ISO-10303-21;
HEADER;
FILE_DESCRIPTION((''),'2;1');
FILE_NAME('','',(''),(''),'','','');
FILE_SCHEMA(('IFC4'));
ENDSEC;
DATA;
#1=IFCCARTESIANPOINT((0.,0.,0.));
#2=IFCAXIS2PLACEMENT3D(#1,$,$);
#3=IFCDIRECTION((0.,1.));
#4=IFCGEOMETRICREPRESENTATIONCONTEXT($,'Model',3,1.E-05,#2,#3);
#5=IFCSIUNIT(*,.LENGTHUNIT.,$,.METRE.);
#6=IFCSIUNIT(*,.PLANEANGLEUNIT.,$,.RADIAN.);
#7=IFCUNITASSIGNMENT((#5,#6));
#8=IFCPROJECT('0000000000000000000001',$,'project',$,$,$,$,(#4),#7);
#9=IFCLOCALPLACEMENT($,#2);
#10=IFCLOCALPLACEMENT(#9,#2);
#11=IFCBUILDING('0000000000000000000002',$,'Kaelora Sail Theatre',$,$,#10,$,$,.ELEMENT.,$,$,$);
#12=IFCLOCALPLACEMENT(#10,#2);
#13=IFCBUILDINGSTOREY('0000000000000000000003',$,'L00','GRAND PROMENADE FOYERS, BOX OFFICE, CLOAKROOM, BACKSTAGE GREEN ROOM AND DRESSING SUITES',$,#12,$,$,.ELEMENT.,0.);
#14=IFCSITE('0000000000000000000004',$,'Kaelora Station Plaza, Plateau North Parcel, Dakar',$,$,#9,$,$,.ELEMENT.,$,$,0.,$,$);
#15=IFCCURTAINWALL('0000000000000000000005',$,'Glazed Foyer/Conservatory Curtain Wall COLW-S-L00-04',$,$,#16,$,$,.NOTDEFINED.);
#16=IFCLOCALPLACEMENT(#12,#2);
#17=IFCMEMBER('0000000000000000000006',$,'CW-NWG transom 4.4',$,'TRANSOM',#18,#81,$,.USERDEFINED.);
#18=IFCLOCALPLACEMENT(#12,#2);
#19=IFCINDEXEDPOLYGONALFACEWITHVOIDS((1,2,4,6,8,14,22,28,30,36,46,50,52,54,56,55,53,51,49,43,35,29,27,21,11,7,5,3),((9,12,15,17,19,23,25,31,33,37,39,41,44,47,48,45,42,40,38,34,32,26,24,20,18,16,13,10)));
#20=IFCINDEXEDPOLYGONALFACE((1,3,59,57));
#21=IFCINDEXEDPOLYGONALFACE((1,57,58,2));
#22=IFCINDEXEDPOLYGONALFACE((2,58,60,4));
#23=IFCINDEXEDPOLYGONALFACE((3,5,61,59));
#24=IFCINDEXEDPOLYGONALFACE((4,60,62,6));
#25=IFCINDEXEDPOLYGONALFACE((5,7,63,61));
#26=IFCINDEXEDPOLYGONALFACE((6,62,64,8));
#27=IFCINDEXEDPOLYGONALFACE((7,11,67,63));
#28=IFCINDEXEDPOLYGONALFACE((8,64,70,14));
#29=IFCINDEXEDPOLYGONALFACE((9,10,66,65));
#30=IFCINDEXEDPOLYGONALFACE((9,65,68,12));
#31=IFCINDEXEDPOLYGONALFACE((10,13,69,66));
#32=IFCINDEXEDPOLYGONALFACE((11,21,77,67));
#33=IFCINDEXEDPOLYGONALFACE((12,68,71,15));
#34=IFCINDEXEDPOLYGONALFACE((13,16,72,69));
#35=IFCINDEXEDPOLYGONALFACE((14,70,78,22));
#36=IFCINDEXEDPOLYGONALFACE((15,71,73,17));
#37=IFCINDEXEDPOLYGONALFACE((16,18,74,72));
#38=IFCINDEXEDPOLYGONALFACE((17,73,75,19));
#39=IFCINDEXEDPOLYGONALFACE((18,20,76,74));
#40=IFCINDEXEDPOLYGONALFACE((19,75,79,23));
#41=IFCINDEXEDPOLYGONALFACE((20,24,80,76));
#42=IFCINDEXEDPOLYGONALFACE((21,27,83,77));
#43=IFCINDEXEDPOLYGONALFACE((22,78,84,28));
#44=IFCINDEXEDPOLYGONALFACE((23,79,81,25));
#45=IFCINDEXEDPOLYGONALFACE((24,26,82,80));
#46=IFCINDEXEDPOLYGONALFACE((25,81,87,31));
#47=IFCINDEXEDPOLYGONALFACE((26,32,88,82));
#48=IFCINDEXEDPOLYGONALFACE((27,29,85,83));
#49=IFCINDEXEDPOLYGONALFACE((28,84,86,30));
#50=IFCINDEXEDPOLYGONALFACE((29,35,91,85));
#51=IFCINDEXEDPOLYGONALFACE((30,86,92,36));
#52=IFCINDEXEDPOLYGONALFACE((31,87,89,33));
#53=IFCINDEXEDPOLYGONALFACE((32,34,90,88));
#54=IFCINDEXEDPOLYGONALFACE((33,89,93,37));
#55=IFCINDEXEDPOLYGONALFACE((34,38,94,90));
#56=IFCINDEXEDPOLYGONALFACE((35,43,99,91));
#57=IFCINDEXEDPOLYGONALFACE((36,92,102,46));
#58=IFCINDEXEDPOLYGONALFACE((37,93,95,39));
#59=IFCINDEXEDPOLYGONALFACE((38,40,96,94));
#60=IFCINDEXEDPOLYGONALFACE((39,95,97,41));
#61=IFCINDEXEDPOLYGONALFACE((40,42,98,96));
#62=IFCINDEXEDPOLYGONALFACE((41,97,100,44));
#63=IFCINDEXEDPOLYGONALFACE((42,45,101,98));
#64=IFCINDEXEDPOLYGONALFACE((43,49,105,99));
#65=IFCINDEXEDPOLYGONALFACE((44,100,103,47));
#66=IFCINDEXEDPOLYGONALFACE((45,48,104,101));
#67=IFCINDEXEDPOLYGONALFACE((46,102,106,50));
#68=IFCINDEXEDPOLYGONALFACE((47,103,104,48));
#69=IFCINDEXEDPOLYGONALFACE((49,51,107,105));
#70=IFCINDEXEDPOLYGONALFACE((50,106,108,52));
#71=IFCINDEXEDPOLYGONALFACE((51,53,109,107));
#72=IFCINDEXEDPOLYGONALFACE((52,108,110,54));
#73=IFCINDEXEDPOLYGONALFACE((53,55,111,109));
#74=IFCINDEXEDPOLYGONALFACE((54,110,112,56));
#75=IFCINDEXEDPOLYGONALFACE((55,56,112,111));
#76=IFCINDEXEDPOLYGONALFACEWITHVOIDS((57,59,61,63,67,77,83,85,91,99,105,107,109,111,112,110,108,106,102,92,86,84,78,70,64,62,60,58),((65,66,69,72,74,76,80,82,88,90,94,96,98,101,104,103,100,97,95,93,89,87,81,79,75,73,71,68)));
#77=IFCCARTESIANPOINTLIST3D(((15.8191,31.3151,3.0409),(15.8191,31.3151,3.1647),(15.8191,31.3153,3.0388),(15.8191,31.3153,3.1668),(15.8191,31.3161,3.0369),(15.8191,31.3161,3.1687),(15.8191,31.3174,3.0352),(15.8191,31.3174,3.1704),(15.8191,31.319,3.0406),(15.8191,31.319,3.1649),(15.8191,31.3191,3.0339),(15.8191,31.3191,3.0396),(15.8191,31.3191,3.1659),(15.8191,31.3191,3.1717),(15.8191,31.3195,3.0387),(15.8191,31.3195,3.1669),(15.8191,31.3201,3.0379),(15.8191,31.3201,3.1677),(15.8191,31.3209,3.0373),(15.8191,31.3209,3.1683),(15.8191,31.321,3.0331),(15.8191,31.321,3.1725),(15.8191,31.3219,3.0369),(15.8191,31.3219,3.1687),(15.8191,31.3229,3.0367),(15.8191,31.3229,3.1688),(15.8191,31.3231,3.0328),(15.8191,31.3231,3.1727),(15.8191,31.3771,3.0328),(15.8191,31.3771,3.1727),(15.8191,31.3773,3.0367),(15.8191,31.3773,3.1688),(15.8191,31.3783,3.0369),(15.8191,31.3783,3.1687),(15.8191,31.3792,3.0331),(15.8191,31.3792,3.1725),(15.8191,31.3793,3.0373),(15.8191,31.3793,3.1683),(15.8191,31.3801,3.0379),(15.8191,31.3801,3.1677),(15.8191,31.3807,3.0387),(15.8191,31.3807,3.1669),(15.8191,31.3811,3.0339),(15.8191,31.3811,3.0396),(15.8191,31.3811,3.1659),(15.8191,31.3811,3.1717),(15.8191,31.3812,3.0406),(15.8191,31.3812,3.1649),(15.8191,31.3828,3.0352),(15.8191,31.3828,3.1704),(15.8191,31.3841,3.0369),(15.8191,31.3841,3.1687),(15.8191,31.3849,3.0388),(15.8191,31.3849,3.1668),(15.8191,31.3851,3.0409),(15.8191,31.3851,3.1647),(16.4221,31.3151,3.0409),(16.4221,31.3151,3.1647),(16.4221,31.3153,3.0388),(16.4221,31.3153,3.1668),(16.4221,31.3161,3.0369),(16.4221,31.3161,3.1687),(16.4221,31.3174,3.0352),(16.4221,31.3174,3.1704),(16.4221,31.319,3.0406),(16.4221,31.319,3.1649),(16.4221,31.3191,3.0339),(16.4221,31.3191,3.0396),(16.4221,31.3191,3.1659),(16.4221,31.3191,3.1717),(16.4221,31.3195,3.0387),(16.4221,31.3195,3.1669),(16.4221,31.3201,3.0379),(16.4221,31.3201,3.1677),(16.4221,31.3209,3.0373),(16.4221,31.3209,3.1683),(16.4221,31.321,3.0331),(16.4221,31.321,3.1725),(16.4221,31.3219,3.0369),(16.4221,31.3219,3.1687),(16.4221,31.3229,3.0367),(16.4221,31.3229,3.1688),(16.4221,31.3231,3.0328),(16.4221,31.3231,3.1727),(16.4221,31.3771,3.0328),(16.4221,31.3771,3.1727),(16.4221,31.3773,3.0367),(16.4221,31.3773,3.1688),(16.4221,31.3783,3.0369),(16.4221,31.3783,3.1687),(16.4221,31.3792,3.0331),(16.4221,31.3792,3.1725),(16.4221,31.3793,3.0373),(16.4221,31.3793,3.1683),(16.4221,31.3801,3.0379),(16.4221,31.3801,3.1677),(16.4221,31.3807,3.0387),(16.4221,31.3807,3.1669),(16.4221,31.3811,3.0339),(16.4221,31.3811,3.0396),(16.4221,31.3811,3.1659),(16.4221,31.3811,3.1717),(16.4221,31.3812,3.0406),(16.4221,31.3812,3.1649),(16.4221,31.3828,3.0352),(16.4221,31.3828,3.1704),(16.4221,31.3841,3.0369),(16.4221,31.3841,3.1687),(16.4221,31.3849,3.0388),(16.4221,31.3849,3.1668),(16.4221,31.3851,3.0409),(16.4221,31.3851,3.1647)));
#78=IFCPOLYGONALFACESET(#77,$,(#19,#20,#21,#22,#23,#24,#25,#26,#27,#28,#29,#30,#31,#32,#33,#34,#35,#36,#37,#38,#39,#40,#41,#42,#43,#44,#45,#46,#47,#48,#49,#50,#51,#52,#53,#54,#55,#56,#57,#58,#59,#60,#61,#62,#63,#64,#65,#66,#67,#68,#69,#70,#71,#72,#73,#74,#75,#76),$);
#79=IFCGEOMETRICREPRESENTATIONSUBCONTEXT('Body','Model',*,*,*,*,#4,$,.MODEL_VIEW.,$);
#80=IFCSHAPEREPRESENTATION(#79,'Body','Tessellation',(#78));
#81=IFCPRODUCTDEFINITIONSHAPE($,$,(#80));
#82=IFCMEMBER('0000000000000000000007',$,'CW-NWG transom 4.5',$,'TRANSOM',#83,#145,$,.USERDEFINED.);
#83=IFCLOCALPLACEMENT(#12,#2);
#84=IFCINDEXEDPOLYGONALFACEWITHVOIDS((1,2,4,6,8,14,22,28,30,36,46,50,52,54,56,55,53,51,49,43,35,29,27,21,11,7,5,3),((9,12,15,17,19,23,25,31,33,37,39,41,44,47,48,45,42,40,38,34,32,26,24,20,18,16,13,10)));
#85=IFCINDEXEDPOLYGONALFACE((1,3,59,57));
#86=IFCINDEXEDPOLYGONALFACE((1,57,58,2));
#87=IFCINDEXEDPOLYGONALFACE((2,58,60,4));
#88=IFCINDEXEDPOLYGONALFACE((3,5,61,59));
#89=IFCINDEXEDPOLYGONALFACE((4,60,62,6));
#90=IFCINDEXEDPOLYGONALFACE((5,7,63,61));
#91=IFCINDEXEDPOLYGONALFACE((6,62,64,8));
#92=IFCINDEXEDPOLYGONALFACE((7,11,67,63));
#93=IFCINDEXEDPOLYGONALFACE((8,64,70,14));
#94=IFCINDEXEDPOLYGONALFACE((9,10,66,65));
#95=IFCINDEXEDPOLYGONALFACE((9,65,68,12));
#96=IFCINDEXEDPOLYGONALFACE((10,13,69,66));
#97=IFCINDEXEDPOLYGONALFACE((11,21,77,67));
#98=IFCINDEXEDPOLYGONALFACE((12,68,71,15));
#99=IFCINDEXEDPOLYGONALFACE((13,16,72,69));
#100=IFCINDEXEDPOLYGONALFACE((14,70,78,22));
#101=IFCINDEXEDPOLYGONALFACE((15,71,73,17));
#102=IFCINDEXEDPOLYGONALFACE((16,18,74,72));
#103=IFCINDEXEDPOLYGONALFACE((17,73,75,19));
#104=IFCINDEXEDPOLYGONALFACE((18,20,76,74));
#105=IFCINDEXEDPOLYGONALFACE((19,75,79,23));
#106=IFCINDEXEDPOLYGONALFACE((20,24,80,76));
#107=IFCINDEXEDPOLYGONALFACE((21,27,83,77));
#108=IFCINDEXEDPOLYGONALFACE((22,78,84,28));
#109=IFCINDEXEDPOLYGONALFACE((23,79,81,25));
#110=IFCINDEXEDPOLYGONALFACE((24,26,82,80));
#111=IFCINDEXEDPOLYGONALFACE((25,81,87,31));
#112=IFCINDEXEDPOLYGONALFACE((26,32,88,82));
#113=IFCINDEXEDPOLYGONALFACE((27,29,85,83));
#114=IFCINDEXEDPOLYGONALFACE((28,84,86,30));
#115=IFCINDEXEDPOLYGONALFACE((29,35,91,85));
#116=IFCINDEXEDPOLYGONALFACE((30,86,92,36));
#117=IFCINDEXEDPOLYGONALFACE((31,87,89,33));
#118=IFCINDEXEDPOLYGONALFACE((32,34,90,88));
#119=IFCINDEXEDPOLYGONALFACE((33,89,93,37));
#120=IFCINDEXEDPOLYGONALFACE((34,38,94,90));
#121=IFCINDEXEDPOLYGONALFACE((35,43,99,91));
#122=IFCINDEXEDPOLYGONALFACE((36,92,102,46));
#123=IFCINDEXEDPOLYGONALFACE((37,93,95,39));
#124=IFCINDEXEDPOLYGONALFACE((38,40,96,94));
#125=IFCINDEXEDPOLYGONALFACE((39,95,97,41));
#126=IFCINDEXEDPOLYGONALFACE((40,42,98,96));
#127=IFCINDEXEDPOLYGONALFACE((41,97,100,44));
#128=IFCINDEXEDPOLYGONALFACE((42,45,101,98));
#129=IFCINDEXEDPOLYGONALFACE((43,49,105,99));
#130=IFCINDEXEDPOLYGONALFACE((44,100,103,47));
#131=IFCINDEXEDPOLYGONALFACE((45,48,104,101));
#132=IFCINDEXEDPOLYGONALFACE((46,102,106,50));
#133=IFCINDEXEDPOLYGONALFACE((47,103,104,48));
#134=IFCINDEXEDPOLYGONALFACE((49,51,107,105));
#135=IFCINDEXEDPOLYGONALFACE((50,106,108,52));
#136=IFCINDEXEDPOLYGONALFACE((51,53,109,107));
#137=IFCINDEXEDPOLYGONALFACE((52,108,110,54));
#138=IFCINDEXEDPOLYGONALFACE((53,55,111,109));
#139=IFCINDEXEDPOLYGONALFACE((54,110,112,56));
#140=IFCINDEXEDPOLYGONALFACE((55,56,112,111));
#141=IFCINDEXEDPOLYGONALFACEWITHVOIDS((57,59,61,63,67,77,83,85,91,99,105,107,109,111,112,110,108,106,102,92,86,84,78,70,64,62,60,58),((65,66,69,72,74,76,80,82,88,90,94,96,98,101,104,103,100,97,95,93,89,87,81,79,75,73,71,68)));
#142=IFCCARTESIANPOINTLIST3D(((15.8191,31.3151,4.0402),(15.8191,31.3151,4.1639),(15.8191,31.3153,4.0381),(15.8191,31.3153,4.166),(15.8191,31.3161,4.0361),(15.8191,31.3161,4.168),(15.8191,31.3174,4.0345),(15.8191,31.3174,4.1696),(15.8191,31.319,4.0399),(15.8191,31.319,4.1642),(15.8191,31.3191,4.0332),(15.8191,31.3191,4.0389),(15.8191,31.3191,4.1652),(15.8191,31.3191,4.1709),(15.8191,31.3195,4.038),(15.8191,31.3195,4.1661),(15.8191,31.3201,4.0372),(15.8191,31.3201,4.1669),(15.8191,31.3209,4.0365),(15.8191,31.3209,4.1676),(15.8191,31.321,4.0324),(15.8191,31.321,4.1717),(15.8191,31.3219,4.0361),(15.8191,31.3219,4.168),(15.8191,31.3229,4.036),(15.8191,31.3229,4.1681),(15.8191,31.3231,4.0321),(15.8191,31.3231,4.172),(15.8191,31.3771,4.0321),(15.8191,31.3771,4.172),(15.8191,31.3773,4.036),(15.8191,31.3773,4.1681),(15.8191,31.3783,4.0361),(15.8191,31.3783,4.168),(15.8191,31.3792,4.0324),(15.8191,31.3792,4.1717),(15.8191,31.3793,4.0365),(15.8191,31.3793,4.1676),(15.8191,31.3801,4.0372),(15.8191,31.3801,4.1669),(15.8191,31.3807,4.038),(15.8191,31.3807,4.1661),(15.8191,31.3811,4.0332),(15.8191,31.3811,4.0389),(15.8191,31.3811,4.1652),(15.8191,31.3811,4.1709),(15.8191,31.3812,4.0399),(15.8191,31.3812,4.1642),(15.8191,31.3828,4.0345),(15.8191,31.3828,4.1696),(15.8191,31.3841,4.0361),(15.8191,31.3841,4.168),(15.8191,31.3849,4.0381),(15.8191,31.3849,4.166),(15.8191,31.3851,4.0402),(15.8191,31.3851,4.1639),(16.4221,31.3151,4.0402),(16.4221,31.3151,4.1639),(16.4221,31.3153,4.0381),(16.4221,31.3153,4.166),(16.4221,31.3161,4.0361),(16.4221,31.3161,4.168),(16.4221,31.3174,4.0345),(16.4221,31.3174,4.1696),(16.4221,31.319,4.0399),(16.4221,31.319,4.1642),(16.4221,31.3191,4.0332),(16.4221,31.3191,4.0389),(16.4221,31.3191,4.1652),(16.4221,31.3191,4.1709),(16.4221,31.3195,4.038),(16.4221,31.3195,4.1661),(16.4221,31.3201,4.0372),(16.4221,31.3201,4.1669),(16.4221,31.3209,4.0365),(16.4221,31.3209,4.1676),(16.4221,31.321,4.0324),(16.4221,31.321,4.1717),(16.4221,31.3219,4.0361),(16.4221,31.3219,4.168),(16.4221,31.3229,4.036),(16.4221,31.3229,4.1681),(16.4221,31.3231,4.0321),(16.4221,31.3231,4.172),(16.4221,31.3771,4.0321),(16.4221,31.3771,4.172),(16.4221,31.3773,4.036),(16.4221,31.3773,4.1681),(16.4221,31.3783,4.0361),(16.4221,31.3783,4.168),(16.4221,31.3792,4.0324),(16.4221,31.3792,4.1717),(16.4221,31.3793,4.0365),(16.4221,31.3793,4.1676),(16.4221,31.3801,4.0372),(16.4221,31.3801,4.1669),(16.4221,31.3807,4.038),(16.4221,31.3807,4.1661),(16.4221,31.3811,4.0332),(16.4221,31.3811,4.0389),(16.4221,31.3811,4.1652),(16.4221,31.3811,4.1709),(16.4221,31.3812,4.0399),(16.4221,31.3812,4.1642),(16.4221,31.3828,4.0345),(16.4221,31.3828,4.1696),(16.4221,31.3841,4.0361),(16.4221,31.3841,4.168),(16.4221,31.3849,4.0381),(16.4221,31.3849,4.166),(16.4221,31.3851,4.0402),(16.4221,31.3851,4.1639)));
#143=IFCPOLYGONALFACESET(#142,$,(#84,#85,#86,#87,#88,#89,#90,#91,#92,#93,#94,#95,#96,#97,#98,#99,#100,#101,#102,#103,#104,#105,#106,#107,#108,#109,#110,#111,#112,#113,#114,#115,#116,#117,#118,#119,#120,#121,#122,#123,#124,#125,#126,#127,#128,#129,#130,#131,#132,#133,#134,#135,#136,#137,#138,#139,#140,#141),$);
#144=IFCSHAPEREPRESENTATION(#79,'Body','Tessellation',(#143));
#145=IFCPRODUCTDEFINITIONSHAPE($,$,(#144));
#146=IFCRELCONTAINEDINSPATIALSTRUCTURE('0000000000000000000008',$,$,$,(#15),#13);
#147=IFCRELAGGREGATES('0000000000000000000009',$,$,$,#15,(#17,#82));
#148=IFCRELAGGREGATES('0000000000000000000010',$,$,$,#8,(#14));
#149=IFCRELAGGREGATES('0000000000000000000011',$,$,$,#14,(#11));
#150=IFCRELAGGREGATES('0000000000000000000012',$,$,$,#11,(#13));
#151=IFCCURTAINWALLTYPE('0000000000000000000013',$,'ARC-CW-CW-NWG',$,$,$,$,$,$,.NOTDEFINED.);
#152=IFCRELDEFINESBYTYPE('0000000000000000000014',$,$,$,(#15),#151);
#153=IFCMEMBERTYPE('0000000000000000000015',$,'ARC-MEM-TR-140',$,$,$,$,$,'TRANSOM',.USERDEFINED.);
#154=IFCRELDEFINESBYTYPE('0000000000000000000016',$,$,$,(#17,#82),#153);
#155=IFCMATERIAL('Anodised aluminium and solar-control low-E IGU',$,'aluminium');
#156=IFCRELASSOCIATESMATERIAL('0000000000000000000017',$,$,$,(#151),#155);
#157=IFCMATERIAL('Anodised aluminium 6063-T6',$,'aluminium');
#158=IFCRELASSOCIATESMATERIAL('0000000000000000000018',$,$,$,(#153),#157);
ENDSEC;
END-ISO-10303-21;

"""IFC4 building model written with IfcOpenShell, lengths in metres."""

from ifc_helpers import new_model, si_unit, direction, frame, origin, origin_2d, place, context, subcontext, project, spatial, hollow_rectangle, extrude, material, material_profile, profile_set, type_object, element, aggregate, save


model = new_model("IFC4")

# Units and contexts
model_context = context("Model", 3, precision=1e-05, world=origin(), true_north=direction((0.0, 1.0)))
body_context = subcontext(model_context, "Body", "Model", "MODEL_VIEW")
ifc_project = project(units=[si_unit("LENGTHUNIT", "METRE"), si_unit("PLANEANGLEUNIT", "RADIAN")], contexts=[model_context])

# Site, building, storey
site_placement = place(None, origin())
site = spatial("IfcSite", under=ifc_project, at=site_placement, Name="Kaelora Station Plaza, Plateau North Parcel, Dakar", CompositionType="ELEMENT", RefElevation=0.0)
building_placement = place(site_placement, origin())
building = spatial("IfcBuilding", under=site, at=building_placement, Name="Kaelora Sail Theatre", CompositionType="ELEMENT")
storey_placement = place(building_placement, origin())
storey = spatial("IfcBuildingStorey", under=building, at=storey_placement, Name="L00", Description="GRAND PROMENADE FOYERS, BOX OFFICE, CLOAKROOM, BACKSTAGE GREEN ROOM AND DRESSING SUITES", CompositionType="ELEMENT", Elevation=0.0)

# Curtain wall, members
ifc_material_1 = material(Name="Anodised aluminium and solar-control low-E IGU", Category="aluminium")
curtain_wall_type = type_object("IfcCurtainWallType", Name="ARC-CW-CW-NWG", PredefinedType="NOTDEFINED", material=ifc_material_1)
curtain_wall_placement = place(storey_placement, origin())
curtain_wall = element("IfcCurtainWall", 1, at=curtain_wall_placement, inside=storey, type_object=curtain_wall_type, Name="Glazed Foyer/Conservatory Curtain Wall COLW-S-L00-04", PredefinedType="NOTDEFINED")
ifc_material_2 = material(Name="Anodised aluminium 6063-T6", Category="aluminium")
ifc_material_profile_1 = material_profile(ifc_material_2, hollow_rectangle(XDim=0.0701, YDim=0.1399, WallThickness=0.0039, InnerFilletRadius=0.0039, OuterFilletRadius=0.0081, at=origin_2d()), Name="ALU-TRAN 70x140x4")
ifc_profile_set_1 = profile_set([ifc_material_profile_1], Name="Anodised aluminium 6063-T6")
member_type_1 = type_object("IfcMemberType", Name="ARC-MEM-TR-140", ElementType="TRANSOM", PredefinedType="USERDEFINED", material=ifc_profile_set_1)
member_1_placement = place(storey_placement, frame((15.8191, 31.3501, 3.1028), z_axis=(1.0, 0.0, 0.0), x_axis=(0.0, 1.0, 0.0)))
member_1 = element("IfcMember", 2, at=member_1_placement, type_object=member_type_1, Name="CW-NWG transom 4.4", ObjectType="TRANSOM", PredefinedType="USERDEFINED", context=body_context, shape_type="SweptSolid", body=[
    extrude(hollow_rectangle(XDim=0.0701, YDim=0.1399, WallThickness=0.0039, InnerFilletRadius=0.0039, OuterFilletRadius=0.0081, at=origin_2d()), origin(), (0.0, 0.0, 1.0), 0.603),
])
member_2_placement = place(storey_placement, frame((15.8191, 31.3501, 4.1021), z_axis=(1.0, 0.0, 0.0), x_axis=(0.0, 1.0, 0.0)))
member_2 = element("IfcMember", 3, at=member_2_placement, type_object=member_type_1, Name="CW-NWG transom 4.5", ObjectType="TRANSOM", PredefinedType="USERDEFINED", context=body_context, shape_type="SweptSolid", body=[
    extrude(hollow_rectangle(XDim=0.0701, YDim=0.1399, WallThickness=0.0039, InnerFilletRadius=0.0039, OuterFilletRadius=0.0081, at=origin_2d()), origin(), (0.0, 0.0, 1.0), 0.603),
])
aggregate(curtain_wall, [member_1, member_2])

save(model, "model.ifc")
